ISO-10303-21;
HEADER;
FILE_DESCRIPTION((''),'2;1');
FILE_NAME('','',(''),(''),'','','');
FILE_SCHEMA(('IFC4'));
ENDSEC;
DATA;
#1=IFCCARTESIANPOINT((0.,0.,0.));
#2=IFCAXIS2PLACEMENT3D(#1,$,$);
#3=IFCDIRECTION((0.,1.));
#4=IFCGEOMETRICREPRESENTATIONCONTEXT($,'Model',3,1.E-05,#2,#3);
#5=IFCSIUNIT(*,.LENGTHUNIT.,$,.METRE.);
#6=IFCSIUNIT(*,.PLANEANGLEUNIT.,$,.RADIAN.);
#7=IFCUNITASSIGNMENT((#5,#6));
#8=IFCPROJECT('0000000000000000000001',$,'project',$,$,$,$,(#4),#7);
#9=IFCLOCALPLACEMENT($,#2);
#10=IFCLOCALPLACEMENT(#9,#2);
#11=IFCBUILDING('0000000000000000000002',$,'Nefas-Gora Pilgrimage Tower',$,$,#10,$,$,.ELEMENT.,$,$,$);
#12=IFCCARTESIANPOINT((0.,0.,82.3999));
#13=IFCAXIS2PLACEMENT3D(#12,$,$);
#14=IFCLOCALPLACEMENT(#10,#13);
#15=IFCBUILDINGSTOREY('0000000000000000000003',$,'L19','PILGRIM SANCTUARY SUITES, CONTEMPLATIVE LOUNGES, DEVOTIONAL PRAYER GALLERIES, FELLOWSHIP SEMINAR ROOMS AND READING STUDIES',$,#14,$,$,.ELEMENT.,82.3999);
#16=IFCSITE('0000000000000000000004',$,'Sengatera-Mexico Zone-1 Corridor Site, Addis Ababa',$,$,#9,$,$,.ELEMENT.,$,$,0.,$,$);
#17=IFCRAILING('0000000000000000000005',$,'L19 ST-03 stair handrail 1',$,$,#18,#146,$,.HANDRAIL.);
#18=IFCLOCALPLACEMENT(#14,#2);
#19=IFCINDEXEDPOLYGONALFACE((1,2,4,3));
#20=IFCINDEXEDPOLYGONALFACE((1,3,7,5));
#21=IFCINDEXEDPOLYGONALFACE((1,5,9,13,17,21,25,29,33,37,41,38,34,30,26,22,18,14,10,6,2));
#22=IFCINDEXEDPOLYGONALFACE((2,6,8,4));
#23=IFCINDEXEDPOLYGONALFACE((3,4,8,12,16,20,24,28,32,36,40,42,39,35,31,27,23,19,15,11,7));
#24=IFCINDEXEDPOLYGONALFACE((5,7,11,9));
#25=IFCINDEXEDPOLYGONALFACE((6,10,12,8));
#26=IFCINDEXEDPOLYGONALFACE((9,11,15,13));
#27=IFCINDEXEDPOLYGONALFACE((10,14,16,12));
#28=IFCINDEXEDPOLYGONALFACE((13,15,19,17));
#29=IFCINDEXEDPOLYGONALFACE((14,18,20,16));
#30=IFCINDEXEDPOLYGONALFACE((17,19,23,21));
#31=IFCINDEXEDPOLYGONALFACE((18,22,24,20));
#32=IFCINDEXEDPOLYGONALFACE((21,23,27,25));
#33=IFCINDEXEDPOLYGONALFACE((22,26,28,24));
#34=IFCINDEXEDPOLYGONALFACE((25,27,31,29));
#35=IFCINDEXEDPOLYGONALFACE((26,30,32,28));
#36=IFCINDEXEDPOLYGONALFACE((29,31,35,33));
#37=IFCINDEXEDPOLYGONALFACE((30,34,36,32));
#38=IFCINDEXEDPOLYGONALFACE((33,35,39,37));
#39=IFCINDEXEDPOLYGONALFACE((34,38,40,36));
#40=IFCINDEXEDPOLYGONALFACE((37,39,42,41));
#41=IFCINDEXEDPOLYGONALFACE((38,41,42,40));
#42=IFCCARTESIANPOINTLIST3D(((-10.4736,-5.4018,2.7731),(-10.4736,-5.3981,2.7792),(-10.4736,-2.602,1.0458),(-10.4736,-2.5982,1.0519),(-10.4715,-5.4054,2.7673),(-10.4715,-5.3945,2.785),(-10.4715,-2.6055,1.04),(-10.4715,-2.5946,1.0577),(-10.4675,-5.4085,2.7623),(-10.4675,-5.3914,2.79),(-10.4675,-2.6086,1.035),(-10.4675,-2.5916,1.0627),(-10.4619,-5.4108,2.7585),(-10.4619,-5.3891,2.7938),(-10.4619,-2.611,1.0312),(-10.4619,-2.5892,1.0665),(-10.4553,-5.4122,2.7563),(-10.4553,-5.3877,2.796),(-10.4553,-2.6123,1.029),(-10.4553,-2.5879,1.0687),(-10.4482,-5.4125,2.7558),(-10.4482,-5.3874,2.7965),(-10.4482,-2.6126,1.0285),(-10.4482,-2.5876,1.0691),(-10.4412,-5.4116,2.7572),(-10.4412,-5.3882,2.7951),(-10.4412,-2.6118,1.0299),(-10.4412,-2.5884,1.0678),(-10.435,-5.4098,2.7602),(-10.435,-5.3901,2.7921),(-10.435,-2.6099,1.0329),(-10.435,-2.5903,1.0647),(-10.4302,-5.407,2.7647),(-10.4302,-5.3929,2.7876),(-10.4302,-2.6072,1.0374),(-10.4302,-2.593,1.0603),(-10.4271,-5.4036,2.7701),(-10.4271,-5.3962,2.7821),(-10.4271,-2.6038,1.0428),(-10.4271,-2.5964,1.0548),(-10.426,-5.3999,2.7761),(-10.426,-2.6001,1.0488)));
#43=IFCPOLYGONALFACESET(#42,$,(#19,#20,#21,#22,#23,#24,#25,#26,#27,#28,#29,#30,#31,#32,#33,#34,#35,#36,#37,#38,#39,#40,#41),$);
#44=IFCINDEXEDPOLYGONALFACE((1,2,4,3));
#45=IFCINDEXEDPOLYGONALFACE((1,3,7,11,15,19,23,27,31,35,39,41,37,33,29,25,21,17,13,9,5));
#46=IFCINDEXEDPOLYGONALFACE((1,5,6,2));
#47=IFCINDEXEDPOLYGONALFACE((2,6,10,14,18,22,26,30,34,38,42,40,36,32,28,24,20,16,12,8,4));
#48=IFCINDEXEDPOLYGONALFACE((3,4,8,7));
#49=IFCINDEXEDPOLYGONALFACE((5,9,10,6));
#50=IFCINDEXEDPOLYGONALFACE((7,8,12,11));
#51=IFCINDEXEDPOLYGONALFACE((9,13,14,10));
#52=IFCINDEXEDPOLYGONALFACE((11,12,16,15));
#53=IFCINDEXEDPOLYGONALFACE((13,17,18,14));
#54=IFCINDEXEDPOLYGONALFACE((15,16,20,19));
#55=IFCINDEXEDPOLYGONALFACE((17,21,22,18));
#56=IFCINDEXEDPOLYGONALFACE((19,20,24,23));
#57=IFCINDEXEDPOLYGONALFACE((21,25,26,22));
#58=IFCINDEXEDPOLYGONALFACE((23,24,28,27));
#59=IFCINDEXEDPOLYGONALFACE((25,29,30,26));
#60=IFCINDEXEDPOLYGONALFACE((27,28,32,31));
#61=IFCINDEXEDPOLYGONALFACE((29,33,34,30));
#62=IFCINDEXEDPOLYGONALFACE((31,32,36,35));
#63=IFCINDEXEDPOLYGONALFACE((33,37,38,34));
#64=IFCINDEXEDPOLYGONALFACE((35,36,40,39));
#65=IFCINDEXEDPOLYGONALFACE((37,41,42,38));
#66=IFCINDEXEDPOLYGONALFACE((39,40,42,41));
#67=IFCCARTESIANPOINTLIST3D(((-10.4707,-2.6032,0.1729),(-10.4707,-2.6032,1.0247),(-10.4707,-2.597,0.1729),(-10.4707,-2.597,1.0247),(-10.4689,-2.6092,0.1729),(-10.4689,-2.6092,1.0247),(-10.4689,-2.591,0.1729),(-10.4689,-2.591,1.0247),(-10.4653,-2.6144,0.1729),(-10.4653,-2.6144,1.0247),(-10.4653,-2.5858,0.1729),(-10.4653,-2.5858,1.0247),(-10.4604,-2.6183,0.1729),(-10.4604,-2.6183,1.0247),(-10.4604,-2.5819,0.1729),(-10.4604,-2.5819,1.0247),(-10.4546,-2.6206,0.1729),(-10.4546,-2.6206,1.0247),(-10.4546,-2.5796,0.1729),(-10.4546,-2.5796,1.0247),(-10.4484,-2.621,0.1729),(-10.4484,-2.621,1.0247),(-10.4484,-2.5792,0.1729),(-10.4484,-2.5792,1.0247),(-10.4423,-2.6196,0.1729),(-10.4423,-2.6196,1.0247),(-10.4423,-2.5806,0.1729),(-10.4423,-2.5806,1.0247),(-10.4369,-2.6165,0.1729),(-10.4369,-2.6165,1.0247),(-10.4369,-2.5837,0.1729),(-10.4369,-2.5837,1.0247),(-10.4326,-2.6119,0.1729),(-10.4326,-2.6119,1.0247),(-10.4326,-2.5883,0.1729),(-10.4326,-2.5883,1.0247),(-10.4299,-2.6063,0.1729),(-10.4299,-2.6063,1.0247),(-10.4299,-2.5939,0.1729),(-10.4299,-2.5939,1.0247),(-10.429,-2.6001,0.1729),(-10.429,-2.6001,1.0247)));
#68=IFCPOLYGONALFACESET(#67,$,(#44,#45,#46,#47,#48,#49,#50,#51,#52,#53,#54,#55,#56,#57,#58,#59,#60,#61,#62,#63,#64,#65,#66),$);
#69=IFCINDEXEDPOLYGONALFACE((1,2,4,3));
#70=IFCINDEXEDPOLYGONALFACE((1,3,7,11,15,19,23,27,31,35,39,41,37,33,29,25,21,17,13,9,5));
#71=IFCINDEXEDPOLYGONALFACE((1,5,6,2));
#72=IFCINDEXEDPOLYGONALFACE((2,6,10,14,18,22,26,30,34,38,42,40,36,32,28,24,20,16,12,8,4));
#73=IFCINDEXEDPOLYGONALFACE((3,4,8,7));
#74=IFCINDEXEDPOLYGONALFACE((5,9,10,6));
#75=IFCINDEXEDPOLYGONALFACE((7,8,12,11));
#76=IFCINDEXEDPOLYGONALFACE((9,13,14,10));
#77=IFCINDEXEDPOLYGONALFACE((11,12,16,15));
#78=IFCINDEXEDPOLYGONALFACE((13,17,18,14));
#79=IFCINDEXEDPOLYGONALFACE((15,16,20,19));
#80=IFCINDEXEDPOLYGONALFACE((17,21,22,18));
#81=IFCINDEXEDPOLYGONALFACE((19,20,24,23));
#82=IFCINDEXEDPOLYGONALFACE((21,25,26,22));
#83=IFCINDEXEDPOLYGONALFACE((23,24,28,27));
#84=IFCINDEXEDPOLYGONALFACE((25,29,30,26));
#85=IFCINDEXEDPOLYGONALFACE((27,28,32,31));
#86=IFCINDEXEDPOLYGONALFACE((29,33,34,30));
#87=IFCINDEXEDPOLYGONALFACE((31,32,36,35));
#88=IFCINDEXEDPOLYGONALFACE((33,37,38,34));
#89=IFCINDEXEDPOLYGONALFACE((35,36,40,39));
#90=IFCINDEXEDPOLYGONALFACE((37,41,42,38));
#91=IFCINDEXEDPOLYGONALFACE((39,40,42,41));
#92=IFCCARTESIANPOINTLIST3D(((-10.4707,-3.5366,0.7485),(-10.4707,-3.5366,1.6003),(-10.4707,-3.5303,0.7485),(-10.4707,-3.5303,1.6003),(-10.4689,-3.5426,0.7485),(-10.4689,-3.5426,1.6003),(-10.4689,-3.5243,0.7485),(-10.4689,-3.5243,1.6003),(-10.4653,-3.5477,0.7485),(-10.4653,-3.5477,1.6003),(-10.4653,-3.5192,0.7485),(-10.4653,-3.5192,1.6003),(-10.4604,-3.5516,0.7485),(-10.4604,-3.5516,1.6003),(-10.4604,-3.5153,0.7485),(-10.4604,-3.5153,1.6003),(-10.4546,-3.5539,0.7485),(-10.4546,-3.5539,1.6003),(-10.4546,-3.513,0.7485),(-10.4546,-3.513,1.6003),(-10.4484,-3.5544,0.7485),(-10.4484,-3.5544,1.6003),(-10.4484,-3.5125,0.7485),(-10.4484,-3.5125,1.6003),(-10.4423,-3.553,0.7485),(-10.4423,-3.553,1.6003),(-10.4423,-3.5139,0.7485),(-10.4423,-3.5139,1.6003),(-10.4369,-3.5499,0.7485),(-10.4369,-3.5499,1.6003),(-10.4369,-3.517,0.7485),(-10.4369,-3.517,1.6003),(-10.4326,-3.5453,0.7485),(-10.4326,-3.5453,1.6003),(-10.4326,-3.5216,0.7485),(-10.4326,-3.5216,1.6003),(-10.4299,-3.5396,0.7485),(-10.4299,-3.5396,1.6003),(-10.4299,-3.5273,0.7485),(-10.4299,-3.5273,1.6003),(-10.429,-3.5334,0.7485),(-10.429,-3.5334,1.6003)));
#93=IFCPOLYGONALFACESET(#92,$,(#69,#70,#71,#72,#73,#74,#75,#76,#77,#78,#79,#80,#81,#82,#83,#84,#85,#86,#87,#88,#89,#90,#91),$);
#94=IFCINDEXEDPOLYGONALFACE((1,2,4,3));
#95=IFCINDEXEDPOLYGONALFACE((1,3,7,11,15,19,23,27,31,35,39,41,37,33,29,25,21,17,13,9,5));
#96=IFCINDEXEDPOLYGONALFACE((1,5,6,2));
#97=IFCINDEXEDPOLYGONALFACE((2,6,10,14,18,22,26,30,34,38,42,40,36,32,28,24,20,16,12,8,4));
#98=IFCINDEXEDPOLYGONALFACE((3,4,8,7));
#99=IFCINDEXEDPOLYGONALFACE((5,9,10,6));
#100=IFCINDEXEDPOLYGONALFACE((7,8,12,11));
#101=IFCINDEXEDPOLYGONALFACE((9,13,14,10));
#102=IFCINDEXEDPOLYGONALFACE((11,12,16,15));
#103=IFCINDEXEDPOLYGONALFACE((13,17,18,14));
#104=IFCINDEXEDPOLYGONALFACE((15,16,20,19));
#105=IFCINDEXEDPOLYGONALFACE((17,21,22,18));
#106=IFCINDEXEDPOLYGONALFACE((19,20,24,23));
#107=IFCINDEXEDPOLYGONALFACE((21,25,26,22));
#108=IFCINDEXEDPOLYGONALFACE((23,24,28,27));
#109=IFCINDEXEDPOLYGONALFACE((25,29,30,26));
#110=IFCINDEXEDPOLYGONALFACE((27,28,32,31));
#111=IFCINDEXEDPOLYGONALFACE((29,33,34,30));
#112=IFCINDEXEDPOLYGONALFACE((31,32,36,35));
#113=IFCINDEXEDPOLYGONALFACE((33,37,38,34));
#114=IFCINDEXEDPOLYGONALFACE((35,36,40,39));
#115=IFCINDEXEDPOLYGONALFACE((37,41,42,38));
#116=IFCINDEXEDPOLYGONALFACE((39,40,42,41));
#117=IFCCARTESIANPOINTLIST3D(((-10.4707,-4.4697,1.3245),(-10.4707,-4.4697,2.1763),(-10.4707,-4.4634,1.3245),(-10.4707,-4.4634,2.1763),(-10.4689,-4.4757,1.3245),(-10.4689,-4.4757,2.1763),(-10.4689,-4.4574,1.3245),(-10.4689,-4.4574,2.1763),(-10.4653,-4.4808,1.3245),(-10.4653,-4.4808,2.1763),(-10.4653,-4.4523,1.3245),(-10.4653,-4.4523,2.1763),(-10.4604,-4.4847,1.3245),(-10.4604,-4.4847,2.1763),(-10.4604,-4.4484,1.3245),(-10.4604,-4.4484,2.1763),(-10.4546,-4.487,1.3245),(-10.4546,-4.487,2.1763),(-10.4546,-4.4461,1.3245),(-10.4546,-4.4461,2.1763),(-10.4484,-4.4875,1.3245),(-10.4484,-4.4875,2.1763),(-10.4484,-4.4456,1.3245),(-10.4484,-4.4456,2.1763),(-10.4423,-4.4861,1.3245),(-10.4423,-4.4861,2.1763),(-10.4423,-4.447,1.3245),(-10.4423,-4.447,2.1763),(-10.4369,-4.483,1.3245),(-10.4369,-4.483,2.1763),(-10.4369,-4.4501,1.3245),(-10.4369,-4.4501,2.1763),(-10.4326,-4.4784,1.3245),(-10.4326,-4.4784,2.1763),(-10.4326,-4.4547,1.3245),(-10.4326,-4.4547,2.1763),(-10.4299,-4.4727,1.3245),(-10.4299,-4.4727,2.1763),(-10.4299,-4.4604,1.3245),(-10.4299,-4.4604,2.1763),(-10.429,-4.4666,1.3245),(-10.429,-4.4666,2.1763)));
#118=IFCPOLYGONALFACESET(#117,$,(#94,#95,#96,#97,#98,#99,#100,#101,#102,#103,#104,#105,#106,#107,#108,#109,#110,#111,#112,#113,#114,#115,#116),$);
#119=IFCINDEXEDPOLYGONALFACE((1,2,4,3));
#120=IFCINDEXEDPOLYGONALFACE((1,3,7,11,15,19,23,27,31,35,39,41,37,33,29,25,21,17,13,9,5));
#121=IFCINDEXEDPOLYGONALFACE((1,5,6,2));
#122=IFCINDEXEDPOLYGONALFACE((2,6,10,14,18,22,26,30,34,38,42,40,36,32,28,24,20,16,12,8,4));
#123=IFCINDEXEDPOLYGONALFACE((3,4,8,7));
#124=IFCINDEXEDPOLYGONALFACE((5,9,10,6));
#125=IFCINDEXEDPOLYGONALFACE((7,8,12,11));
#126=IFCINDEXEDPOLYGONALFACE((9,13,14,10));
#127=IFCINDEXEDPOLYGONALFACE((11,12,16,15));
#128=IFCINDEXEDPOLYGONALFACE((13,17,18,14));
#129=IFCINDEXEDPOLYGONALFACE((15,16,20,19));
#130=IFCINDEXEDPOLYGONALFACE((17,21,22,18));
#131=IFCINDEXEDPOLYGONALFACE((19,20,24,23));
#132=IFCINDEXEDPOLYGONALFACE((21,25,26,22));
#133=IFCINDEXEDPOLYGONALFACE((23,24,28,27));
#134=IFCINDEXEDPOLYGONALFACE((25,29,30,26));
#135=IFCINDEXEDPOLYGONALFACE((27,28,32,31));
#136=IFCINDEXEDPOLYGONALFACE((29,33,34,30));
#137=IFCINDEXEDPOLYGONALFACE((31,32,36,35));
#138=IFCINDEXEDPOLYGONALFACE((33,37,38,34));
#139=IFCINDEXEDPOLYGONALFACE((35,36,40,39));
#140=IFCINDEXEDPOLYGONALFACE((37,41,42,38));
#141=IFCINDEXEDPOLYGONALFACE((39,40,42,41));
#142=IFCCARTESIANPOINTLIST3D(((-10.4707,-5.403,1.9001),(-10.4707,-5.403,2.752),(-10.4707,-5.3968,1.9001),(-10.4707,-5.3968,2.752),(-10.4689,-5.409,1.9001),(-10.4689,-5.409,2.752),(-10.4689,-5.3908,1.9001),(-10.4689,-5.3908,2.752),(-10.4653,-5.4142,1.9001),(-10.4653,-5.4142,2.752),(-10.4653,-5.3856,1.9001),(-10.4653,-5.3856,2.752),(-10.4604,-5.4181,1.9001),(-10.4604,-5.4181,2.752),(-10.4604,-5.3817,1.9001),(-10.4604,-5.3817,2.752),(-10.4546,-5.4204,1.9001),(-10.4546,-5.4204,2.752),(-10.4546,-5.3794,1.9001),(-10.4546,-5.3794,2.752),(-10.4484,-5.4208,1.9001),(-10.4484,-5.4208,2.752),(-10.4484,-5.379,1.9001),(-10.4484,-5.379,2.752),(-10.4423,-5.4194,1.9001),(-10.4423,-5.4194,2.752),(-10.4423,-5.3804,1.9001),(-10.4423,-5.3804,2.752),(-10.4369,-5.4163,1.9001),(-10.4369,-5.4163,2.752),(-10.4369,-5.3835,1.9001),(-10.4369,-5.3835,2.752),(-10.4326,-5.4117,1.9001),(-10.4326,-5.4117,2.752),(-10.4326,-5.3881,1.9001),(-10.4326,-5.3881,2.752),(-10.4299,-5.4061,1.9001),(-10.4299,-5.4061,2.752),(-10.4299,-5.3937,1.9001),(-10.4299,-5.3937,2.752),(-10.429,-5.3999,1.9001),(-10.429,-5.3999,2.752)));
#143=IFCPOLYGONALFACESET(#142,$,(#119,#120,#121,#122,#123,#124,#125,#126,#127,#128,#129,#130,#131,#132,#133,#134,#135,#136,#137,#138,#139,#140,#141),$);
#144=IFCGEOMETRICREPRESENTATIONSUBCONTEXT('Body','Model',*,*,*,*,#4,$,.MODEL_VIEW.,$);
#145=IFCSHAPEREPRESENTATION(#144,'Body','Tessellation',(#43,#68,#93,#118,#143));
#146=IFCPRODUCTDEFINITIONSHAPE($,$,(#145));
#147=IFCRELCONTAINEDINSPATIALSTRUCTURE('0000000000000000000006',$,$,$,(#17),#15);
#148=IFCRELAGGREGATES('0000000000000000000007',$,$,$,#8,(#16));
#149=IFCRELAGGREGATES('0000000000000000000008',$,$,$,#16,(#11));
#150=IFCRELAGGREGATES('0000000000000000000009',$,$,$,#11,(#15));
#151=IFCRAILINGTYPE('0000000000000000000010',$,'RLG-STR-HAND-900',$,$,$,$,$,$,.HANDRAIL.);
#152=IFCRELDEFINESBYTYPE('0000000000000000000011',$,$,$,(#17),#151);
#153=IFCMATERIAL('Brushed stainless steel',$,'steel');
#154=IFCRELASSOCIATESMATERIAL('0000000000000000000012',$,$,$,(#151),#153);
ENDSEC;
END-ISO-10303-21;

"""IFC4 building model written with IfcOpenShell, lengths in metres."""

from ifc_helpers import new_model, si_unit, direction, frame, origin, origin_2d, place, context, subcontext, project, spatial, circle, extrude, material, type_object, element, save


model = new_model("IFC4")

# Units and contexts
model_context = context("Model", 3, precision=1e-05, world=origin(), true_north=direction((0.0, 1.0)))
body_context = subcontext(model_context, "Body", "Model", "MODEL_VIEW")
ifc_project = project(units=[si_unit("LENGTHUNIT", "METRE"), si_unit("PLANEANGLEUNIT", "RADIAN")], contexts=[model_context])

# Site, building, storey
site_placement = place(None, origin())
site = spatial("IfcSite", under=ifc_project, at=site_placement, Name="Sengatera-Mexico Zone-1 Corridor Site, Addis Ababa", CompositionType="ELEMENT", RefElevation=0.0)
building_placement = place(site_placement, origin())
building = spatial("IfcBuilding", under=site, at=building_placement, Name="Nefas-Gora Pilgrimage Tower", CompositionType="ELEMENT")
storey_placement = place(building_placement, frame((0.0, 0.0, 82.3999)))
storey = spatial("IfcBuildingStorey", under=building, at=storey_placement, Name="L19", Description="PILGRIM SANCTUARY SUITES, CONTEMPLATIVE LOUNGES, DEVOTIONAL PRAYER GALLERIES, FELLOWSHIP SEMINAR ROOMS AND READING STUDIES", CompositionType="ELEMENT", Elevation=82.3999)

# Railing
ifc_material_1 = material(Name="Brushed stainless steel", Category="steel")
railing_type_1 = type_object("IfcRailingType", Name="RLG-STR-HAND-900", PredefinedType="HANDRAIL", material=ifc_material_1)
railing_1_placement = place(storey_placement, frame((-10.45, -2.6001, 0.1729)))
element("IfcRailing", 1, at=railing_1_placement, inside=storey, type_object=railing_type_1, Name="L19 ST-03 stair handrail 1", PredefinedType="HANDRAIL", context=body_context, shape_type="SweptSolid", body=[
    extrude(circle(Radius=0.0239, at=origin_2d()), frame((0.0, 0.0, 0.876), z_axis=(0.0, -0.851069, 0.525054), x_axis=(1.0, 0.0, 0.0)), (0.0, 0.0, 1.0), 3.2898),
    extrude(circle(Radius=0.021, at=origin_2d()), origin(), (0.0, 0.0, 1.0), 0.8518),
    extrude(circle(Radius=0.021, at=origin_2d()), frame((0.0, -0.9333, 0.5757)), (0.0, 0.0, 1.0), 0.8518),
    extrude(circle(Radius=0.021, at=origin_2d()), frame((0.0, -1.8665, 1.1516)), (0.0, 0.0, 1.0), 0.8518),
    extrude(circle(Radius=0.021, at=origin_2d()), frame((0.0, -2.7998, 1.7273)), (0.0, 0.0, 1.0), 0.8518),
])

save(model, "model.ifc")
